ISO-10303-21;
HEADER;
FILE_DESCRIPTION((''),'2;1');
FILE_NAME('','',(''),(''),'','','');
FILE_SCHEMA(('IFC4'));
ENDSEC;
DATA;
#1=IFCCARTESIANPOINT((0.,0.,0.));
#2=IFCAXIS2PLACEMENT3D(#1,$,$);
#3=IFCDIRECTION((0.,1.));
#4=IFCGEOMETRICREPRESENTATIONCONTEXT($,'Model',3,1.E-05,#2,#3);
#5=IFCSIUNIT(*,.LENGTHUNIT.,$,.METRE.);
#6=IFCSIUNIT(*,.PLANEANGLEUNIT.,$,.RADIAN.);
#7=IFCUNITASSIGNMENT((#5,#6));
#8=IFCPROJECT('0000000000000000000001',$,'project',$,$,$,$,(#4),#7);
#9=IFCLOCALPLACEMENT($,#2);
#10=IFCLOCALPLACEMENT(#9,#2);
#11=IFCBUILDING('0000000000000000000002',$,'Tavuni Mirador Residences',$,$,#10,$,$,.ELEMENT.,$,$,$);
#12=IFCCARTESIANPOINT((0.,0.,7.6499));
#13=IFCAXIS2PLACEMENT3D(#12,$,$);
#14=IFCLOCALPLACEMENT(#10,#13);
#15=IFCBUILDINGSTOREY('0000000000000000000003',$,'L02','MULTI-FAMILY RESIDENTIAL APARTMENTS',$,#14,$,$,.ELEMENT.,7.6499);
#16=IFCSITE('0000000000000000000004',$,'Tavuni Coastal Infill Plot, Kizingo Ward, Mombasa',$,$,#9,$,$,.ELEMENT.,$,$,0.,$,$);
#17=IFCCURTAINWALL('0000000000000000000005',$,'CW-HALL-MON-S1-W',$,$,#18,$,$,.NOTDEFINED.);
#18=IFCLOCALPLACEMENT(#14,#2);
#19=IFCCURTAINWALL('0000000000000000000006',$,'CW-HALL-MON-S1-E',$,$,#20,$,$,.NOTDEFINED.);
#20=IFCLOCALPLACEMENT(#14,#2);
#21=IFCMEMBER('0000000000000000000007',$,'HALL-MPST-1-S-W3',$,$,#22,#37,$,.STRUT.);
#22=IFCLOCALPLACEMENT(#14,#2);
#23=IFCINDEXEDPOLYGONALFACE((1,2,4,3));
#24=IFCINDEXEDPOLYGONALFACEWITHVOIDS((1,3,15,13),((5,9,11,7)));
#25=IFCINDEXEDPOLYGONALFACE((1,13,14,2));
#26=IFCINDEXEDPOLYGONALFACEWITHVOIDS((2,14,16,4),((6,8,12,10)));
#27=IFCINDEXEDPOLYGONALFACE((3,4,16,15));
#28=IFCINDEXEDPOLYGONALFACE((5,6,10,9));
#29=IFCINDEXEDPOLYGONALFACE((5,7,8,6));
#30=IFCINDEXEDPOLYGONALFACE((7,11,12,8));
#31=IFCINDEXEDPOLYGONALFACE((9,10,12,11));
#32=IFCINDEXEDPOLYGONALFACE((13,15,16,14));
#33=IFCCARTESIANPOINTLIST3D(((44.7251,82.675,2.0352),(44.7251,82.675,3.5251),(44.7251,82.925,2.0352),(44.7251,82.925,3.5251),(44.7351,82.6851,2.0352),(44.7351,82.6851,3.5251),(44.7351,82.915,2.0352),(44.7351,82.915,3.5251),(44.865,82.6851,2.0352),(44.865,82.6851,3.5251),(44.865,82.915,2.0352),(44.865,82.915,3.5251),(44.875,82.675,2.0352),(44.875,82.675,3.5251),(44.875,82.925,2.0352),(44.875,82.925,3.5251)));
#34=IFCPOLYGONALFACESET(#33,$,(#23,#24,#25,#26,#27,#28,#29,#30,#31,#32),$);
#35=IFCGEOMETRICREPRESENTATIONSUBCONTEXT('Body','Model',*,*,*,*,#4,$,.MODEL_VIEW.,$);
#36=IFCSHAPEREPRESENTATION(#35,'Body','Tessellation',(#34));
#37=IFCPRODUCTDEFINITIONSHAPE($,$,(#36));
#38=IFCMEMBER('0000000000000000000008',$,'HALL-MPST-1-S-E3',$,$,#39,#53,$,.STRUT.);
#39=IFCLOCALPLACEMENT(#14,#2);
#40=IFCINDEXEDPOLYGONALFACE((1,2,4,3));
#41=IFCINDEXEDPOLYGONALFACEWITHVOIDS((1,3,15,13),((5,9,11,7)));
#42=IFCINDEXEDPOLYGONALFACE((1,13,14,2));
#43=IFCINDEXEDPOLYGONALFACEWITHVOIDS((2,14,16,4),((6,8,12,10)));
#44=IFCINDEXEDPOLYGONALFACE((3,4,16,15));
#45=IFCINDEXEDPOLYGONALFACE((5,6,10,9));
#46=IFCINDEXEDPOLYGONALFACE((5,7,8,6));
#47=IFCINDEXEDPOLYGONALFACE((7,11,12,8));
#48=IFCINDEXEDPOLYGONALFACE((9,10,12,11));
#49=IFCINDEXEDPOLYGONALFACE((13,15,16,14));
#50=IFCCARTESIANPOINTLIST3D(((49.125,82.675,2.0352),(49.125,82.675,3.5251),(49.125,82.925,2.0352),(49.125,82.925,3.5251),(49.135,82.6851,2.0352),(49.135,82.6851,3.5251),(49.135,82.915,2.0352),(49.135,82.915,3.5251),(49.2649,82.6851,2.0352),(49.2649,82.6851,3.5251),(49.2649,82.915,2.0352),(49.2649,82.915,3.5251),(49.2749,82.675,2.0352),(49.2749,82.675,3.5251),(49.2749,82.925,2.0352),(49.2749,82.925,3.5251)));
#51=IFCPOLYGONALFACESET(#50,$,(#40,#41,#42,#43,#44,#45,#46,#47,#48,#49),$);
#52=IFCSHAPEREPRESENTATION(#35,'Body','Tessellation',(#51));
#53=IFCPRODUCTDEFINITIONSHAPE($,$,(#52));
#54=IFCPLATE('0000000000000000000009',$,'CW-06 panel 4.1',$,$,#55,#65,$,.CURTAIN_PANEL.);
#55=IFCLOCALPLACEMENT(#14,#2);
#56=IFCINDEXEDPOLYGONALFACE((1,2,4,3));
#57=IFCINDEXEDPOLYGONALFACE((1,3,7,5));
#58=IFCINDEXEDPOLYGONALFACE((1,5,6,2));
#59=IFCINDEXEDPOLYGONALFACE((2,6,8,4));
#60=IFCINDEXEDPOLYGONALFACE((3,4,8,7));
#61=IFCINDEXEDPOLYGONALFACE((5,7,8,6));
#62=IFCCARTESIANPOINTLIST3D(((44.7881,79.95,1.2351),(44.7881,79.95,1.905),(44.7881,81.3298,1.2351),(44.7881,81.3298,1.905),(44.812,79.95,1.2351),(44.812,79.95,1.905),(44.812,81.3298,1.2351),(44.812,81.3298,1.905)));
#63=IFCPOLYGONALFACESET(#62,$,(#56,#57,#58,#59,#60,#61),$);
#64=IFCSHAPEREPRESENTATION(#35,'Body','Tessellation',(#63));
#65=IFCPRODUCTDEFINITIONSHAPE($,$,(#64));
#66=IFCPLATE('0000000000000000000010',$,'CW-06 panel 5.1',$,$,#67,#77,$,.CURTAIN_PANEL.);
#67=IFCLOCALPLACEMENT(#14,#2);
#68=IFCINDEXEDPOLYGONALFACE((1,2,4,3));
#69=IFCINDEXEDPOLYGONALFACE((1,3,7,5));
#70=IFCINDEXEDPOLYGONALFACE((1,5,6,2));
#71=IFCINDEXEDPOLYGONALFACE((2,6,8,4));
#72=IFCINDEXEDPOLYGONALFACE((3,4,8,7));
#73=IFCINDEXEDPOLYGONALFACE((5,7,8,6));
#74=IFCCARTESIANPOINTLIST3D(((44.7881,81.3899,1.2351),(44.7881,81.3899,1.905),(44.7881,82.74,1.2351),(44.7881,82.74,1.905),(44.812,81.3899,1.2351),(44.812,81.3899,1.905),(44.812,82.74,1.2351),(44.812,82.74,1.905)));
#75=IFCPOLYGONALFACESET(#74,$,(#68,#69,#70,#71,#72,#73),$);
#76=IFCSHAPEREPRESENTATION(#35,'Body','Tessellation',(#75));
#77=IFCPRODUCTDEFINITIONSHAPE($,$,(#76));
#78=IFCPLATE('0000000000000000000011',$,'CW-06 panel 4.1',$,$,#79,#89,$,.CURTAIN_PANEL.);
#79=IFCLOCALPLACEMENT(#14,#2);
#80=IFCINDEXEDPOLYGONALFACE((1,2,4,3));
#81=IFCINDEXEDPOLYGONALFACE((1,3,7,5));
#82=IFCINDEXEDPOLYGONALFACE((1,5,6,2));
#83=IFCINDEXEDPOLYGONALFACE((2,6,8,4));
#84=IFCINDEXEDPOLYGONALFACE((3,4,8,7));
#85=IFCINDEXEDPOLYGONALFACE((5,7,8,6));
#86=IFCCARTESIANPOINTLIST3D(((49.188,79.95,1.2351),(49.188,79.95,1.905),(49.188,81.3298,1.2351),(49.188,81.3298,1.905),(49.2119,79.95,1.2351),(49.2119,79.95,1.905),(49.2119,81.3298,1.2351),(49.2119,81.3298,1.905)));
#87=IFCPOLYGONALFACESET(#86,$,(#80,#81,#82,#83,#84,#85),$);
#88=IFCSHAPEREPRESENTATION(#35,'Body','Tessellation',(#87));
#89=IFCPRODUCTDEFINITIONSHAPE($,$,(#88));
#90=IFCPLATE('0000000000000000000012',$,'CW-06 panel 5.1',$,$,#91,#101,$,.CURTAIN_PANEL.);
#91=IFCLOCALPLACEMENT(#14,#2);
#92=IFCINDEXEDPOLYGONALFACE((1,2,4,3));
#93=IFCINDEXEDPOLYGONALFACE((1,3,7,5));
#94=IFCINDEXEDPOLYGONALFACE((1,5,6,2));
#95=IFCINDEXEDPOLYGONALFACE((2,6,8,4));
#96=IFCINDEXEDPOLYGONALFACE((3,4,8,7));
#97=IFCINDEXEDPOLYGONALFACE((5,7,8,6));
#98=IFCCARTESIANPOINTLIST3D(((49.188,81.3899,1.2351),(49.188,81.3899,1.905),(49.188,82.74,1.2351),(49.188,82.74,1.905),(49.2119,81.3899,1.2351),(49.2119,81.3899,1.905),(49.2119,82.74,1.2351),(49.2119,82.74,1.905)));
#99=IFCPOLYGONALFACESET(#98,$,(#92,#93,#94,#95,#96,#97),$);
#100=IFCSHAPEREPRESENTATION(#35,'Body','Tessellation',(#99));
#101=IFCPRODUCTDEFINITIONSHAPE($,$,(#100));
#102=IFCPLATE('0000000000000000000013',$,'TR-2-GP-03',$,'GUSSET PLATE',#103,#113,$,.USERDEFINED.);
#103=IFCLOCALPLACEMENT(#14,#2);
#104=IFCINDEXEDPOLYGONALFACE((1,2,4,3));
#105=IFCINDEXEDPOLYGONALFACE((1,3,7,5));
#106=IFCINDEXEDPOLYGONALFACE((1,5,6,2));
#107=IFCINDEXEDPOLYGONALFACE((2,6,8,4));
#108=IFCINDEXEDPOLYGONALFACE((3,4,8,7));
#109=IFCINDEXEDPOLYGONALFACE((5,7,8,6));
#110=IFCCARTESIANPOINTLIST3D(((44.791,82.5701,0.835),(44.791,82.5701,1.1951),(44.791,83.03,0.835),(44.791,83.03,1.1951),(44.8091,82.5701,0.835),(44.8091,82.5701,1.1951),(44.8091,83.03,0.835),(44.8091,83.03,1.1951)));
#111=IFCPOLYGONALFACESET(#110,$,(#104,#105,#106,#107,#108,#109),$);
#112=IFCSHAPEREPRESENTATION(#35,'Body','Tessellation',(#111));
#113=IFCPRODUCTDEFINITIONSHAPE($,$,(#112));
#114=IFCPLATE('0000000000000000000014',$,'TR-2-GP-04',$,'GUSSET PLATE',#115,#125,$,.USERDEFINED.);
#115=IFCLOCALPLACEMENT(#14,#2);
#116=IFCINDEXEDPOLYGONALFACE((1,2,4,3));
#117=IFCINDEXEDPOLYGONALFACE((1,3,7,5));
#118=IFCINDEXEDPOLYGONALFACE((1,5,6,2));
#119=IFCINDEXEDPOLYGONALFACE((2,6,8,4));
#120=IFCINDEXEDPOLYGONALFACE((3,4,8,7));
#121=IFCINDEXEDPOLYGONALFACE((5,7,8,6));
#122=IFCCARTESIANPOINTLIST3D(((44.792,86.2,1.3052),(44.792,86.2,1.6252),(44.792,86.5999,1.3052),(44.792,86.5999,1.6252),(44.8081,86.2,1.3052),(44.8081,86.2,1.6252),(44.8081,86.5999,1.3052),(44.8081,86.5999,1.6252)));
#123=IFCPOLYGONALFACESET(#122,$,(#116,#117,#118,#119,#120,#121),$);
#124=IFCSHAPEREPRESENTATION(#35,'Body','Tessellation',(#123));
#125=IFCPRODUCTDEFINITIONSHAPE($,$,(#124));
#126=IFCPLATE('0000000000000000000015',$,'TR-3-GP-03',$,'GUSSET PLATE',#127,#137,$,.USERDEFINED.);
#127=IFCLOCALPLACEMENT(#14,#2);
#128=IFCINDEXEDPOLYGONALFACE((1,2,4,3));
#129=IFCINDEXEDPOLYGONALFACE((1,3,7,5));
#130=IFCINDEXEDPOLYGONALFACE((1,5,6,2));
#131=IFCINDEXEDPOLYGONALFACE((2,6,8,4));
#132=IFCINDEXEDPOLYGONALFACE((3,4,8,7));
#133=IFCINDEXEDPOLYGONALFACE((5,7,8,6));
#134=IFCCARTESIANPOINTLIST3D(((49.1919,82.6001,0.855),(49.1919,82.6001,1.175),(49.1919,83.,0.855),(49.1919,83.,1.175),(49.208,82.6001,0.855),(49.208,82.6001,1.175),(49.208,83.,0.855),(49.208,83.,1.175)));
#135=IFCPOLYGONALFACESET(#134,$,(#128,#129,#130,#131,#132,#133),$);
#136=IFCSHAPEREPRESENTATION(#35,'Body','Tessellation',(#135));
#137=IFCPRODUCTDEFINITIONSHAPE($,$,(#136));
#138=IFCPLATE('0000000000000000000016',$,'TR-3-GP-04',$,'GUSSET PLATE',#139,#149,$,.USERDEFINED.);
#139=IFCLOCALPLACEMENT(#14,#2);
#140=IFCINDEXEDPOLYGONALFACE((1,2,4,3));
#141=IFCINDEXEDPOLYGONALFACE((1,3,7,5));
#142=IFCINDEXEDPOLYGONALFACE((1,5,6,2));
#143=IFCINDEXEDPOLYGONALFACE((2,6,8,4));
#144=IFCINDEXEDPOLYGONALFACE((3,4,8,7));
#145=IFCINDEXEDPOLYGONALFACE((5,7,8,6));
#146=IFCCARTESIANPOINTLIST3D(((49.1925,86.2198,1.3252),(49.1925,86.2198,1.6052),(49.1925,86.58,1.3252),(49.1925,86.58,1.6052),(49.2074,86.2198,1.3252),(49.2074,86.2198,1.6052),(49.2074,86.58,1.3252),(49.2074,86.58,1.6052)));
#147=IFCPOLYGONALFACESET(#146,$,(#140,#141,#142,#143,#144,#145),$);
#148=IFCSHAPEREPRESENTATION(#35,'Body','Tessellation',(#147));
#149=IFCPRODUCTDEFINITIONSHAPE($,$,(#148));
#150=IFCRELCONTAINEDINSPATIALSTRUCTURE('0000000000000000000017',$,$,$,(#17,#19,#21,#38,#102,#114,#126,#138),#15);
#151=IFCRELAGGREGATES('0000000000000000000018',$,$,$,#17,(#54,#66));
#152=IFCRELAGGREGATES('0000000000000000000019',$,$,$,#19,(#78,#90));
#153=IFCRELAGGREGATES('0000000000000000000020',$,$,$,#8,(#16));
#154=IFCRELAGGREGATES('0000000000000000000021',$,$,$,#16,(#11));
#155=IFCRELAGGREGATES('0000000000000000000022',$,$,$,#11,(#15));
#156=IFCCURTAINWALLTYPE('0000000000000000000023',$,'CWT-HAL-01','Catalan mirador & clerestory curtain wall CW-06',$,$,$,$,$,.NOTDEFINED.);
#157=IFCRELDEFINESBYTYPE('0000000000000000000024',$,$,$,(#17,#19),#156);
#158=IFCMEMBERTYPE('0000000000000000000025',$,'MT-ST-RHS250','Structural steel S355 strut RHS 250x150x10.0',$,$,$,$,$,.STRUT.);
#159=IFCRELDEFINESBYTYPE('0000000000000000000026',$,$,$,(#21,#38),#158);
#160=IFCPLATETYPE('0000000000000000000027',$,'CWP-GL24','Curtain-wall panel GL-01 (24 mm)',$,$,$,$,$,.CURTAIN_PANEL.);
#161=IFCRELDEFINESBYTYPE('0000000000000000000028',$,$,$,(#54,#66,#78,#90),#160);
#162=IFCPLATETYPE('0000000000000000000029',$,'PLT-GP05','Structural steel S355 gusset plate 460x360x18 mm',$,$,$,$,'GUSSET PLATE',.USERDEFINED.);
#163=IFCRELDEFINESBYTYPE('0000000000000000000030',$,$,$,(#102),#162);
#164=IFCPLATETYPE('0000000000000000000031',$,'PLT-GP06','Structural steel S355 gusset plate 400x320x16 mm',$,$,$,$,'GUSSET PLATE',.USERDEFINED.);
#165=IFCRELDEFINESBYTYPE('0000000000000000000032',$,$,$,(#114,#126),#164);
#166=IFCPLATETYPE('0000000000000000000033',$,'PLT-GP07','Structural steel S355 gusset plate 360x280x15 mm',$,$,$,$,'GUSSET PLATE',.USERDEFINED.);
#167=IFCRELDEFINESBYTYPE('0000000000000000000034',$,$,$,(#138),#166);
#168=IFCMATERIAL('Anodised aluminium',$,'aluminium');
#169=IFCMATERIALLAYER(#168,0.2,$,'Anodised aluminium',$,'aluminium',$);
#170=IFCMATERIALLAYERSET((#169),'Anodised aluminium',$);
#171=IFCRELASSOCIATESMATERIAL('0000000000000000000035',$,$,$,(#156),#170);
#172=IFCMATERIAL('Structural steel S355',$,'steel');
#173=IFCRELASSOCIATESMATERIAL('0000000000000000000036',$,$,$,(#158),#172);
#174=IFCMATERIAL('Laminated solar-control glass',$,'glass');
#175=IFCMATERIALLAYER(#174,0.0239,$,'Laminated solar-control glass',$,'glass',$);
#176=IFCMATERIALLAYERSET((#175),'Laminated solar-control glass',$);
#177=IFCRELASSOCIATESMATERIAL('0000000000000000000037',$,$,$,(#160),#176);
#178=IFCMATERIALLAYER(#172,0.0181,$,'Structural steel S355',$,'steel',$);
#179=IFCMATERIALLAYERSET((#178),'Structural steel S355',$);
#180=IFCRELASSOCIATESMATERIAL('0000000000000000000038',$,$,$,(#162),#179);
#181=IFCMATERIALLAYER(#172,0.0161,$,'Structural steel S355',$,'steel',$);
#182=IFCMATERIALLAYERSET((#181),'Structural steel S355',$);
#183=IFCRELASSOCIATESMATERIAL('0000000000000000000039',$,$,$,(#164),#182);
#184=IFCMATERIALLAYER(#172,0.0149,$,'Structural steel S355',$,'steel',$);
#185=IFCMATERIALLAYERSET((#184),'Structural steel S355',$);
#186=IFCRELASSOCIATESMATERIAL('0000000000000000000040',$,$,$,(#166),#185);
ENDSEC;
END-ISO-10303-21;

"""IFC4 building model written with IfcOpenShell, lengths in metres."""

from ifc_helpers import new_model, si_unit, direction, frame, origin, origin_2d, place, context, subcontext, project, spatial, rectangle, hollow_rectangle, extrude, material, layer, layer_set, material_profile, profile_set, type_object, element, aggregate, save


model = new_model("IFC4")

# Units and contexts
model_context = context("Model", 3, precision=1e-05, world=origin(), true_north=direction((0.0, 1.0)))
body_context = subcontext(model_context, "Body", "Model", "MODEL_VIEW")
ifc_project = project(units=[si_unit("LENGTHUNIT", "METRE"), si_unit("PLANEANGLEUNIT", "RADIAN")], contexts=[model_context])

# Site, building, storey
site_placement = place(None, origin())
site = spatial("IfcSite", under=ifc_project, at=site_placement, Name="Tavuni Coastal Infill Plot, Kizingo Ward, Mombasa", CompositionType="ELEMENT", RefElevation=0.0)
building_placement = place(site_placement, origin())
building = spatial("IfcBuilding", under=site, at=building_placement, Name="Tavuni Mirador Residences", CompositionType="ELEMENT")
storey_placement = place(building_placement, frame((0.0, 0.0, 7.6499)))
storey = spatial("IfcBuildingStorey", under=building, at=storey_placement, Name="L02", Description="MULTI-FAMILY RESIDENTIAL APARTMENTS", CompositionType="ELEMENT", Elevation=7.6499)

# Curtain walls
ifc_material_1 = material(Name="Anodised aluminium", Category="aluminium")
ifc_layer_1 = layer(ifc_material_1, 0.2, Name="Anodised aluminium", Category="aluminium")
ifc_layer_set_1 = layer_set([ifc_layer_1], Name="Anodised aluminium")
curtain_wall_type = type_object("IfcCurtainWallType", Name="CWT-HAL-01", Description="Catalan mirador & clerestory curtain wall CW-06", PredefinedType="NOTDEFINED", material=ifc_layer_set_1)
curtain_wall_1_placement = place(storey_placement, origin())
curtain_wall_1 = element("IfcCurtainWall", 1, at=curtain_wall_1_placement, inside=storey, type_object=curtain_wall_type, Name="CW-HALL-MON-S1-W", PredefinedType="NOTDEFINED")
curtain_wall_2_placement = place(storey_placement, origin())
curtain_wall_2 = element("IfcCurtainWall", 2, at=curtain_wall_2_placement, inside=storey, type_object=curtain_wall_type, Name="CW-HALL-MON-S1-E", PredefinedType="NOTDEFINED")

# Members
ifc_material_2 = material(Name="Structural steel S355", Category="steel")
ifc_material_profile_1 = material_profile(ifc_material_2, hollow_rectangle(XDim=0.1499, YDim=0.25, WallThickness=0.01, at=origin_2d()), Name="RHS 250x150x10.0", Category="steel")
ifc_profile_set_1 = profile_set([ifc_material_profile_1], Name="Structural steel S355")
member_type_1 = type_object("IfcMemberType", Name="MT-ST-RHS250", Description="Structural steel S355 strut RHS 250x150x10.0", PredefinedType="STRUT", material=ifc_profile_set_1)
for number, where, z_axis, x_axis, name in (
    (3, (44.8, 82.8, 2.0352), (0.0, 0.0, 1.0), (1.0, 0.0, 0.0), "HALL-MPST-1-S-W3"),
    (4, (49.2, 82.8, 2.0352), (0.0, 0.0, 1.0), (1.0, 0.0, 0.0), "HALL-MPST-1-S-E3"),
):
    element("IfcMember", number, at=place(storey_placement, frame(where, z_axis=z_axis, x_axis=x_axis)), inside=storey, type_object=member_type_1, Name=name, PredefinedType="STRUT", context=body_context, shape_type="SweptSolid", body=[
        extrude(hollow_rectangle(XDim=0.1499, YDim=0.25, WallThickness=0.01, at=origin_2d()), origin(), (0.0, 0.0, 1.0), 1.49),
    ])

# Plates
ifc_material_3 = material(Name="Laminated solar-control glass", Category="glass")
ifc_layer_2 = layer(ifc_material_3, 0.0239, Name="Laminated solar-control glass", Category="glass")
ifc_layer_set_2 = layer_set([ifc_layer_2], Name="Laminated solar-control glass")
plate_type_1 = type_object("IfcPlateType", Name="CWP-GL24", Description="Curtain-wall panel GL-01 (24 mm)", PredefinedType="CURTAIN_PANEL", material=ifc_layer_set_2)
plate_1_placement = place(storey_placement, frame((44.8, 80.6399, 1.2351), z_axis=(0.0, 0.0, 1.0), x_axis=(0.0, 1.0, 0.0)))
plate_1 = element("IfcPlate", 5, at=plate_1_placement, type_object=plate_type_1, Name="CW-06 panel 4.1", PredefinedType="CURTAIN_PANEL", context=body_context, shape_type="SweptSolid", body=[
    extrude(rectangle(XDim=1.3799, YDim=0.0239, at=origin_2d()), origin(), (0.0, 0.0, 1.0), 0.6699),
])
plate_2_placement = place(storey_placement, frame((44.8, 82.0649, 1.2351), z_axis=(0.0, 0.0, 1.0), x_axis=(0.0, 1.0, 0.0)))
plate_2 = element("IfcPlate", 6, at=plate_2_placement, type_object=plate_type_1, Name="CW-06 panel 5.1", PredefinedType="CURTAIN_PANEL", context=body_context, shape_type="SweptSolid", body=[
    extrude(rectangle(XDim=1.3501, YDim=0.0239, at=origin_2d()), origin(), (0.0, 0.0, 1.0), 0.6699),
])
aggregate(curtain_wall_1, [plate_1, plate_2])
plate_3_placement = place(storey_placement, frame((49.2, 80.6399, 1.2351), z_axis=(0.0, 0.0, 1.0), x_axis=(0.0, 1.0, 0.0)))
plate_3 = element("IfcPlate", 7, at=plate_3_placement, type_object=plate_type_1, Name="CW-06 panel 4.1", PredefinedType="CURTAIN_PANEL", context=body_context, shape_type="SweptSolid", body=[
    extrude(rectangle(XDim=1.3799, YDim=0.0239, at=origin_2d()), origin(), (0.0, 0.0, 1.0), 0.6699),
])
plate_4_placement = place(storey_placement, frame((49.2, 82.0649, 1.2351), z_axis=(0.0, 0.0, 1.0), x_axis=(0.0, 1.0, 0.0)))
plate_4 = element("IfcPlate", 8, at=plate_4_placement, type_object=plate_type_1, Name="CW-06 panel 5.1", PredefinedType="CURTAIN_PANEL", context=body_context, shape_type="SweptSolid", body=[
    extrude(rectangle(XDim=1.3501, YDim=0.0239, at=origin_2d()), origin(), (0.0, 0.0, 1.0), 0.6699),
])
aggregate(curtain_wall_2, [plate_3, plate_4])

# Plates
ifc_layer_3 = layer(ifc_material_2, 0.0181, Name="Structural steel S355", Category="steel")
ifc_layer_set_3 = layer_set([ifc_layer_3], Name="Structural steel S355")
plate_type_2 = type_object("IfcPlateType", Name="PLT-GP05", Description="Structural steel S355 gusset plate 460x360x18 mm", ElementType="GUSSET PLATE", PredefinedType="USERDEFINED", material=ifc_layer_set_3)
plate_5_placement = place(storey_placement, frame((44.8, 82.8, 0.835), z_axis=(0.0, 0.0, 1.0), x_axis=(0.0, 1.0, 0.0)))
element("IfcPlate", 9, at=plate_5_placement, inside=storey, type_object=plate_type_2, Name="TR-2-GP-03", ObjectType="GUSSET PLATE", PredefinedType="USERDEFINED", context=body_context, shape_type="SweptSolid", body=[
    extrude(rectangle(XDim=0.46, YDim=0.0181, at=origin_2d()), origin(), (0.0, 0.0, 1.0), 0.3601),
])
ifc_layer_4 = layer(ifc_material_2, 0.0161, Name="Structural steel S355", Category="steel")
ifc_layer_set_4 = layer_set([ifc_layer_4], Name="Structural steel S355")
plate_type_3 = type_object("IfcPlateType", Name="PLT-GP06", Description="Structural steel S355 gusset plate 400x320x16 mm", ElementType="GUSSET PLATE", PredefinedType="USERDEFINED", material=ifc_layer_set_4)
for number, where, z_axis, x_axis, name in (
    (10, (44.8, 86.3999, 1.3052), (0.0, 0.0, 1.0), (0.0, 1.0, 0.0), "TR-2-GP-04"),
    (11, (49.2, 82.8, 0.855), (0.0, 0.0, 1.0), (0.0, 1.0, 0.0), "TR-3-GP-03"),
):
    element("IfcPlate", number, at=place(storey_placement, frame(where, z_axis=z_axis, x_axis=x_axis)), inside=storey, type_object=plate_type_3, Name=name, ObjectType="GUSSET PLATE", PredefinedType="USERDEFINED", context=body_context, shape_type="SweptSolid", body=[
        extrude(rectangle(XDim=0.3999, YDim=0.0161, at=origin_2d()), origin(), (0.0, 0.0, 1.0), 0.3201),
    ])
ifc_layer_5 = layer(ifc_material_2, 0.0149, Name="Structural steel S355", Category="steel")
ifc_layer_set_5 = layer_set([ifc_layer_5], Name="Structural steel S355")
plate_type_4 = type_object("IfcPlateType", Name="PLT-GP07", Description="Structural steel S355 gusset plate 360x280x15 mm", ElementType="GUSSET PLATE", PredefinedType="USERDEFINED", material=ifc_layer_set_5)
plate_6_placement = place(storey_placement, frame((49.2, 86.3999, 1.3252), z_axis=(0.0, 0.0, 1.0), x_axis=(0.0, 1.0, 0.0)))
element("IfcPlate", 12, at=plate_6_placement, inside=storey, type_object=plate_type_4, Name="TR-3-GP-04", ObjectType="GUSSET PLATE", PredefinedType="USERDEFINED", context=body_context, shape_type="SweptSolid", body=[
    extrude(rectangle(XDim=0.3601, YDim=0.0149, at=origin_2d()), origin(), (0.0, 0.0, 1.0), 0.28),
])

save(model, "model.ifc")
